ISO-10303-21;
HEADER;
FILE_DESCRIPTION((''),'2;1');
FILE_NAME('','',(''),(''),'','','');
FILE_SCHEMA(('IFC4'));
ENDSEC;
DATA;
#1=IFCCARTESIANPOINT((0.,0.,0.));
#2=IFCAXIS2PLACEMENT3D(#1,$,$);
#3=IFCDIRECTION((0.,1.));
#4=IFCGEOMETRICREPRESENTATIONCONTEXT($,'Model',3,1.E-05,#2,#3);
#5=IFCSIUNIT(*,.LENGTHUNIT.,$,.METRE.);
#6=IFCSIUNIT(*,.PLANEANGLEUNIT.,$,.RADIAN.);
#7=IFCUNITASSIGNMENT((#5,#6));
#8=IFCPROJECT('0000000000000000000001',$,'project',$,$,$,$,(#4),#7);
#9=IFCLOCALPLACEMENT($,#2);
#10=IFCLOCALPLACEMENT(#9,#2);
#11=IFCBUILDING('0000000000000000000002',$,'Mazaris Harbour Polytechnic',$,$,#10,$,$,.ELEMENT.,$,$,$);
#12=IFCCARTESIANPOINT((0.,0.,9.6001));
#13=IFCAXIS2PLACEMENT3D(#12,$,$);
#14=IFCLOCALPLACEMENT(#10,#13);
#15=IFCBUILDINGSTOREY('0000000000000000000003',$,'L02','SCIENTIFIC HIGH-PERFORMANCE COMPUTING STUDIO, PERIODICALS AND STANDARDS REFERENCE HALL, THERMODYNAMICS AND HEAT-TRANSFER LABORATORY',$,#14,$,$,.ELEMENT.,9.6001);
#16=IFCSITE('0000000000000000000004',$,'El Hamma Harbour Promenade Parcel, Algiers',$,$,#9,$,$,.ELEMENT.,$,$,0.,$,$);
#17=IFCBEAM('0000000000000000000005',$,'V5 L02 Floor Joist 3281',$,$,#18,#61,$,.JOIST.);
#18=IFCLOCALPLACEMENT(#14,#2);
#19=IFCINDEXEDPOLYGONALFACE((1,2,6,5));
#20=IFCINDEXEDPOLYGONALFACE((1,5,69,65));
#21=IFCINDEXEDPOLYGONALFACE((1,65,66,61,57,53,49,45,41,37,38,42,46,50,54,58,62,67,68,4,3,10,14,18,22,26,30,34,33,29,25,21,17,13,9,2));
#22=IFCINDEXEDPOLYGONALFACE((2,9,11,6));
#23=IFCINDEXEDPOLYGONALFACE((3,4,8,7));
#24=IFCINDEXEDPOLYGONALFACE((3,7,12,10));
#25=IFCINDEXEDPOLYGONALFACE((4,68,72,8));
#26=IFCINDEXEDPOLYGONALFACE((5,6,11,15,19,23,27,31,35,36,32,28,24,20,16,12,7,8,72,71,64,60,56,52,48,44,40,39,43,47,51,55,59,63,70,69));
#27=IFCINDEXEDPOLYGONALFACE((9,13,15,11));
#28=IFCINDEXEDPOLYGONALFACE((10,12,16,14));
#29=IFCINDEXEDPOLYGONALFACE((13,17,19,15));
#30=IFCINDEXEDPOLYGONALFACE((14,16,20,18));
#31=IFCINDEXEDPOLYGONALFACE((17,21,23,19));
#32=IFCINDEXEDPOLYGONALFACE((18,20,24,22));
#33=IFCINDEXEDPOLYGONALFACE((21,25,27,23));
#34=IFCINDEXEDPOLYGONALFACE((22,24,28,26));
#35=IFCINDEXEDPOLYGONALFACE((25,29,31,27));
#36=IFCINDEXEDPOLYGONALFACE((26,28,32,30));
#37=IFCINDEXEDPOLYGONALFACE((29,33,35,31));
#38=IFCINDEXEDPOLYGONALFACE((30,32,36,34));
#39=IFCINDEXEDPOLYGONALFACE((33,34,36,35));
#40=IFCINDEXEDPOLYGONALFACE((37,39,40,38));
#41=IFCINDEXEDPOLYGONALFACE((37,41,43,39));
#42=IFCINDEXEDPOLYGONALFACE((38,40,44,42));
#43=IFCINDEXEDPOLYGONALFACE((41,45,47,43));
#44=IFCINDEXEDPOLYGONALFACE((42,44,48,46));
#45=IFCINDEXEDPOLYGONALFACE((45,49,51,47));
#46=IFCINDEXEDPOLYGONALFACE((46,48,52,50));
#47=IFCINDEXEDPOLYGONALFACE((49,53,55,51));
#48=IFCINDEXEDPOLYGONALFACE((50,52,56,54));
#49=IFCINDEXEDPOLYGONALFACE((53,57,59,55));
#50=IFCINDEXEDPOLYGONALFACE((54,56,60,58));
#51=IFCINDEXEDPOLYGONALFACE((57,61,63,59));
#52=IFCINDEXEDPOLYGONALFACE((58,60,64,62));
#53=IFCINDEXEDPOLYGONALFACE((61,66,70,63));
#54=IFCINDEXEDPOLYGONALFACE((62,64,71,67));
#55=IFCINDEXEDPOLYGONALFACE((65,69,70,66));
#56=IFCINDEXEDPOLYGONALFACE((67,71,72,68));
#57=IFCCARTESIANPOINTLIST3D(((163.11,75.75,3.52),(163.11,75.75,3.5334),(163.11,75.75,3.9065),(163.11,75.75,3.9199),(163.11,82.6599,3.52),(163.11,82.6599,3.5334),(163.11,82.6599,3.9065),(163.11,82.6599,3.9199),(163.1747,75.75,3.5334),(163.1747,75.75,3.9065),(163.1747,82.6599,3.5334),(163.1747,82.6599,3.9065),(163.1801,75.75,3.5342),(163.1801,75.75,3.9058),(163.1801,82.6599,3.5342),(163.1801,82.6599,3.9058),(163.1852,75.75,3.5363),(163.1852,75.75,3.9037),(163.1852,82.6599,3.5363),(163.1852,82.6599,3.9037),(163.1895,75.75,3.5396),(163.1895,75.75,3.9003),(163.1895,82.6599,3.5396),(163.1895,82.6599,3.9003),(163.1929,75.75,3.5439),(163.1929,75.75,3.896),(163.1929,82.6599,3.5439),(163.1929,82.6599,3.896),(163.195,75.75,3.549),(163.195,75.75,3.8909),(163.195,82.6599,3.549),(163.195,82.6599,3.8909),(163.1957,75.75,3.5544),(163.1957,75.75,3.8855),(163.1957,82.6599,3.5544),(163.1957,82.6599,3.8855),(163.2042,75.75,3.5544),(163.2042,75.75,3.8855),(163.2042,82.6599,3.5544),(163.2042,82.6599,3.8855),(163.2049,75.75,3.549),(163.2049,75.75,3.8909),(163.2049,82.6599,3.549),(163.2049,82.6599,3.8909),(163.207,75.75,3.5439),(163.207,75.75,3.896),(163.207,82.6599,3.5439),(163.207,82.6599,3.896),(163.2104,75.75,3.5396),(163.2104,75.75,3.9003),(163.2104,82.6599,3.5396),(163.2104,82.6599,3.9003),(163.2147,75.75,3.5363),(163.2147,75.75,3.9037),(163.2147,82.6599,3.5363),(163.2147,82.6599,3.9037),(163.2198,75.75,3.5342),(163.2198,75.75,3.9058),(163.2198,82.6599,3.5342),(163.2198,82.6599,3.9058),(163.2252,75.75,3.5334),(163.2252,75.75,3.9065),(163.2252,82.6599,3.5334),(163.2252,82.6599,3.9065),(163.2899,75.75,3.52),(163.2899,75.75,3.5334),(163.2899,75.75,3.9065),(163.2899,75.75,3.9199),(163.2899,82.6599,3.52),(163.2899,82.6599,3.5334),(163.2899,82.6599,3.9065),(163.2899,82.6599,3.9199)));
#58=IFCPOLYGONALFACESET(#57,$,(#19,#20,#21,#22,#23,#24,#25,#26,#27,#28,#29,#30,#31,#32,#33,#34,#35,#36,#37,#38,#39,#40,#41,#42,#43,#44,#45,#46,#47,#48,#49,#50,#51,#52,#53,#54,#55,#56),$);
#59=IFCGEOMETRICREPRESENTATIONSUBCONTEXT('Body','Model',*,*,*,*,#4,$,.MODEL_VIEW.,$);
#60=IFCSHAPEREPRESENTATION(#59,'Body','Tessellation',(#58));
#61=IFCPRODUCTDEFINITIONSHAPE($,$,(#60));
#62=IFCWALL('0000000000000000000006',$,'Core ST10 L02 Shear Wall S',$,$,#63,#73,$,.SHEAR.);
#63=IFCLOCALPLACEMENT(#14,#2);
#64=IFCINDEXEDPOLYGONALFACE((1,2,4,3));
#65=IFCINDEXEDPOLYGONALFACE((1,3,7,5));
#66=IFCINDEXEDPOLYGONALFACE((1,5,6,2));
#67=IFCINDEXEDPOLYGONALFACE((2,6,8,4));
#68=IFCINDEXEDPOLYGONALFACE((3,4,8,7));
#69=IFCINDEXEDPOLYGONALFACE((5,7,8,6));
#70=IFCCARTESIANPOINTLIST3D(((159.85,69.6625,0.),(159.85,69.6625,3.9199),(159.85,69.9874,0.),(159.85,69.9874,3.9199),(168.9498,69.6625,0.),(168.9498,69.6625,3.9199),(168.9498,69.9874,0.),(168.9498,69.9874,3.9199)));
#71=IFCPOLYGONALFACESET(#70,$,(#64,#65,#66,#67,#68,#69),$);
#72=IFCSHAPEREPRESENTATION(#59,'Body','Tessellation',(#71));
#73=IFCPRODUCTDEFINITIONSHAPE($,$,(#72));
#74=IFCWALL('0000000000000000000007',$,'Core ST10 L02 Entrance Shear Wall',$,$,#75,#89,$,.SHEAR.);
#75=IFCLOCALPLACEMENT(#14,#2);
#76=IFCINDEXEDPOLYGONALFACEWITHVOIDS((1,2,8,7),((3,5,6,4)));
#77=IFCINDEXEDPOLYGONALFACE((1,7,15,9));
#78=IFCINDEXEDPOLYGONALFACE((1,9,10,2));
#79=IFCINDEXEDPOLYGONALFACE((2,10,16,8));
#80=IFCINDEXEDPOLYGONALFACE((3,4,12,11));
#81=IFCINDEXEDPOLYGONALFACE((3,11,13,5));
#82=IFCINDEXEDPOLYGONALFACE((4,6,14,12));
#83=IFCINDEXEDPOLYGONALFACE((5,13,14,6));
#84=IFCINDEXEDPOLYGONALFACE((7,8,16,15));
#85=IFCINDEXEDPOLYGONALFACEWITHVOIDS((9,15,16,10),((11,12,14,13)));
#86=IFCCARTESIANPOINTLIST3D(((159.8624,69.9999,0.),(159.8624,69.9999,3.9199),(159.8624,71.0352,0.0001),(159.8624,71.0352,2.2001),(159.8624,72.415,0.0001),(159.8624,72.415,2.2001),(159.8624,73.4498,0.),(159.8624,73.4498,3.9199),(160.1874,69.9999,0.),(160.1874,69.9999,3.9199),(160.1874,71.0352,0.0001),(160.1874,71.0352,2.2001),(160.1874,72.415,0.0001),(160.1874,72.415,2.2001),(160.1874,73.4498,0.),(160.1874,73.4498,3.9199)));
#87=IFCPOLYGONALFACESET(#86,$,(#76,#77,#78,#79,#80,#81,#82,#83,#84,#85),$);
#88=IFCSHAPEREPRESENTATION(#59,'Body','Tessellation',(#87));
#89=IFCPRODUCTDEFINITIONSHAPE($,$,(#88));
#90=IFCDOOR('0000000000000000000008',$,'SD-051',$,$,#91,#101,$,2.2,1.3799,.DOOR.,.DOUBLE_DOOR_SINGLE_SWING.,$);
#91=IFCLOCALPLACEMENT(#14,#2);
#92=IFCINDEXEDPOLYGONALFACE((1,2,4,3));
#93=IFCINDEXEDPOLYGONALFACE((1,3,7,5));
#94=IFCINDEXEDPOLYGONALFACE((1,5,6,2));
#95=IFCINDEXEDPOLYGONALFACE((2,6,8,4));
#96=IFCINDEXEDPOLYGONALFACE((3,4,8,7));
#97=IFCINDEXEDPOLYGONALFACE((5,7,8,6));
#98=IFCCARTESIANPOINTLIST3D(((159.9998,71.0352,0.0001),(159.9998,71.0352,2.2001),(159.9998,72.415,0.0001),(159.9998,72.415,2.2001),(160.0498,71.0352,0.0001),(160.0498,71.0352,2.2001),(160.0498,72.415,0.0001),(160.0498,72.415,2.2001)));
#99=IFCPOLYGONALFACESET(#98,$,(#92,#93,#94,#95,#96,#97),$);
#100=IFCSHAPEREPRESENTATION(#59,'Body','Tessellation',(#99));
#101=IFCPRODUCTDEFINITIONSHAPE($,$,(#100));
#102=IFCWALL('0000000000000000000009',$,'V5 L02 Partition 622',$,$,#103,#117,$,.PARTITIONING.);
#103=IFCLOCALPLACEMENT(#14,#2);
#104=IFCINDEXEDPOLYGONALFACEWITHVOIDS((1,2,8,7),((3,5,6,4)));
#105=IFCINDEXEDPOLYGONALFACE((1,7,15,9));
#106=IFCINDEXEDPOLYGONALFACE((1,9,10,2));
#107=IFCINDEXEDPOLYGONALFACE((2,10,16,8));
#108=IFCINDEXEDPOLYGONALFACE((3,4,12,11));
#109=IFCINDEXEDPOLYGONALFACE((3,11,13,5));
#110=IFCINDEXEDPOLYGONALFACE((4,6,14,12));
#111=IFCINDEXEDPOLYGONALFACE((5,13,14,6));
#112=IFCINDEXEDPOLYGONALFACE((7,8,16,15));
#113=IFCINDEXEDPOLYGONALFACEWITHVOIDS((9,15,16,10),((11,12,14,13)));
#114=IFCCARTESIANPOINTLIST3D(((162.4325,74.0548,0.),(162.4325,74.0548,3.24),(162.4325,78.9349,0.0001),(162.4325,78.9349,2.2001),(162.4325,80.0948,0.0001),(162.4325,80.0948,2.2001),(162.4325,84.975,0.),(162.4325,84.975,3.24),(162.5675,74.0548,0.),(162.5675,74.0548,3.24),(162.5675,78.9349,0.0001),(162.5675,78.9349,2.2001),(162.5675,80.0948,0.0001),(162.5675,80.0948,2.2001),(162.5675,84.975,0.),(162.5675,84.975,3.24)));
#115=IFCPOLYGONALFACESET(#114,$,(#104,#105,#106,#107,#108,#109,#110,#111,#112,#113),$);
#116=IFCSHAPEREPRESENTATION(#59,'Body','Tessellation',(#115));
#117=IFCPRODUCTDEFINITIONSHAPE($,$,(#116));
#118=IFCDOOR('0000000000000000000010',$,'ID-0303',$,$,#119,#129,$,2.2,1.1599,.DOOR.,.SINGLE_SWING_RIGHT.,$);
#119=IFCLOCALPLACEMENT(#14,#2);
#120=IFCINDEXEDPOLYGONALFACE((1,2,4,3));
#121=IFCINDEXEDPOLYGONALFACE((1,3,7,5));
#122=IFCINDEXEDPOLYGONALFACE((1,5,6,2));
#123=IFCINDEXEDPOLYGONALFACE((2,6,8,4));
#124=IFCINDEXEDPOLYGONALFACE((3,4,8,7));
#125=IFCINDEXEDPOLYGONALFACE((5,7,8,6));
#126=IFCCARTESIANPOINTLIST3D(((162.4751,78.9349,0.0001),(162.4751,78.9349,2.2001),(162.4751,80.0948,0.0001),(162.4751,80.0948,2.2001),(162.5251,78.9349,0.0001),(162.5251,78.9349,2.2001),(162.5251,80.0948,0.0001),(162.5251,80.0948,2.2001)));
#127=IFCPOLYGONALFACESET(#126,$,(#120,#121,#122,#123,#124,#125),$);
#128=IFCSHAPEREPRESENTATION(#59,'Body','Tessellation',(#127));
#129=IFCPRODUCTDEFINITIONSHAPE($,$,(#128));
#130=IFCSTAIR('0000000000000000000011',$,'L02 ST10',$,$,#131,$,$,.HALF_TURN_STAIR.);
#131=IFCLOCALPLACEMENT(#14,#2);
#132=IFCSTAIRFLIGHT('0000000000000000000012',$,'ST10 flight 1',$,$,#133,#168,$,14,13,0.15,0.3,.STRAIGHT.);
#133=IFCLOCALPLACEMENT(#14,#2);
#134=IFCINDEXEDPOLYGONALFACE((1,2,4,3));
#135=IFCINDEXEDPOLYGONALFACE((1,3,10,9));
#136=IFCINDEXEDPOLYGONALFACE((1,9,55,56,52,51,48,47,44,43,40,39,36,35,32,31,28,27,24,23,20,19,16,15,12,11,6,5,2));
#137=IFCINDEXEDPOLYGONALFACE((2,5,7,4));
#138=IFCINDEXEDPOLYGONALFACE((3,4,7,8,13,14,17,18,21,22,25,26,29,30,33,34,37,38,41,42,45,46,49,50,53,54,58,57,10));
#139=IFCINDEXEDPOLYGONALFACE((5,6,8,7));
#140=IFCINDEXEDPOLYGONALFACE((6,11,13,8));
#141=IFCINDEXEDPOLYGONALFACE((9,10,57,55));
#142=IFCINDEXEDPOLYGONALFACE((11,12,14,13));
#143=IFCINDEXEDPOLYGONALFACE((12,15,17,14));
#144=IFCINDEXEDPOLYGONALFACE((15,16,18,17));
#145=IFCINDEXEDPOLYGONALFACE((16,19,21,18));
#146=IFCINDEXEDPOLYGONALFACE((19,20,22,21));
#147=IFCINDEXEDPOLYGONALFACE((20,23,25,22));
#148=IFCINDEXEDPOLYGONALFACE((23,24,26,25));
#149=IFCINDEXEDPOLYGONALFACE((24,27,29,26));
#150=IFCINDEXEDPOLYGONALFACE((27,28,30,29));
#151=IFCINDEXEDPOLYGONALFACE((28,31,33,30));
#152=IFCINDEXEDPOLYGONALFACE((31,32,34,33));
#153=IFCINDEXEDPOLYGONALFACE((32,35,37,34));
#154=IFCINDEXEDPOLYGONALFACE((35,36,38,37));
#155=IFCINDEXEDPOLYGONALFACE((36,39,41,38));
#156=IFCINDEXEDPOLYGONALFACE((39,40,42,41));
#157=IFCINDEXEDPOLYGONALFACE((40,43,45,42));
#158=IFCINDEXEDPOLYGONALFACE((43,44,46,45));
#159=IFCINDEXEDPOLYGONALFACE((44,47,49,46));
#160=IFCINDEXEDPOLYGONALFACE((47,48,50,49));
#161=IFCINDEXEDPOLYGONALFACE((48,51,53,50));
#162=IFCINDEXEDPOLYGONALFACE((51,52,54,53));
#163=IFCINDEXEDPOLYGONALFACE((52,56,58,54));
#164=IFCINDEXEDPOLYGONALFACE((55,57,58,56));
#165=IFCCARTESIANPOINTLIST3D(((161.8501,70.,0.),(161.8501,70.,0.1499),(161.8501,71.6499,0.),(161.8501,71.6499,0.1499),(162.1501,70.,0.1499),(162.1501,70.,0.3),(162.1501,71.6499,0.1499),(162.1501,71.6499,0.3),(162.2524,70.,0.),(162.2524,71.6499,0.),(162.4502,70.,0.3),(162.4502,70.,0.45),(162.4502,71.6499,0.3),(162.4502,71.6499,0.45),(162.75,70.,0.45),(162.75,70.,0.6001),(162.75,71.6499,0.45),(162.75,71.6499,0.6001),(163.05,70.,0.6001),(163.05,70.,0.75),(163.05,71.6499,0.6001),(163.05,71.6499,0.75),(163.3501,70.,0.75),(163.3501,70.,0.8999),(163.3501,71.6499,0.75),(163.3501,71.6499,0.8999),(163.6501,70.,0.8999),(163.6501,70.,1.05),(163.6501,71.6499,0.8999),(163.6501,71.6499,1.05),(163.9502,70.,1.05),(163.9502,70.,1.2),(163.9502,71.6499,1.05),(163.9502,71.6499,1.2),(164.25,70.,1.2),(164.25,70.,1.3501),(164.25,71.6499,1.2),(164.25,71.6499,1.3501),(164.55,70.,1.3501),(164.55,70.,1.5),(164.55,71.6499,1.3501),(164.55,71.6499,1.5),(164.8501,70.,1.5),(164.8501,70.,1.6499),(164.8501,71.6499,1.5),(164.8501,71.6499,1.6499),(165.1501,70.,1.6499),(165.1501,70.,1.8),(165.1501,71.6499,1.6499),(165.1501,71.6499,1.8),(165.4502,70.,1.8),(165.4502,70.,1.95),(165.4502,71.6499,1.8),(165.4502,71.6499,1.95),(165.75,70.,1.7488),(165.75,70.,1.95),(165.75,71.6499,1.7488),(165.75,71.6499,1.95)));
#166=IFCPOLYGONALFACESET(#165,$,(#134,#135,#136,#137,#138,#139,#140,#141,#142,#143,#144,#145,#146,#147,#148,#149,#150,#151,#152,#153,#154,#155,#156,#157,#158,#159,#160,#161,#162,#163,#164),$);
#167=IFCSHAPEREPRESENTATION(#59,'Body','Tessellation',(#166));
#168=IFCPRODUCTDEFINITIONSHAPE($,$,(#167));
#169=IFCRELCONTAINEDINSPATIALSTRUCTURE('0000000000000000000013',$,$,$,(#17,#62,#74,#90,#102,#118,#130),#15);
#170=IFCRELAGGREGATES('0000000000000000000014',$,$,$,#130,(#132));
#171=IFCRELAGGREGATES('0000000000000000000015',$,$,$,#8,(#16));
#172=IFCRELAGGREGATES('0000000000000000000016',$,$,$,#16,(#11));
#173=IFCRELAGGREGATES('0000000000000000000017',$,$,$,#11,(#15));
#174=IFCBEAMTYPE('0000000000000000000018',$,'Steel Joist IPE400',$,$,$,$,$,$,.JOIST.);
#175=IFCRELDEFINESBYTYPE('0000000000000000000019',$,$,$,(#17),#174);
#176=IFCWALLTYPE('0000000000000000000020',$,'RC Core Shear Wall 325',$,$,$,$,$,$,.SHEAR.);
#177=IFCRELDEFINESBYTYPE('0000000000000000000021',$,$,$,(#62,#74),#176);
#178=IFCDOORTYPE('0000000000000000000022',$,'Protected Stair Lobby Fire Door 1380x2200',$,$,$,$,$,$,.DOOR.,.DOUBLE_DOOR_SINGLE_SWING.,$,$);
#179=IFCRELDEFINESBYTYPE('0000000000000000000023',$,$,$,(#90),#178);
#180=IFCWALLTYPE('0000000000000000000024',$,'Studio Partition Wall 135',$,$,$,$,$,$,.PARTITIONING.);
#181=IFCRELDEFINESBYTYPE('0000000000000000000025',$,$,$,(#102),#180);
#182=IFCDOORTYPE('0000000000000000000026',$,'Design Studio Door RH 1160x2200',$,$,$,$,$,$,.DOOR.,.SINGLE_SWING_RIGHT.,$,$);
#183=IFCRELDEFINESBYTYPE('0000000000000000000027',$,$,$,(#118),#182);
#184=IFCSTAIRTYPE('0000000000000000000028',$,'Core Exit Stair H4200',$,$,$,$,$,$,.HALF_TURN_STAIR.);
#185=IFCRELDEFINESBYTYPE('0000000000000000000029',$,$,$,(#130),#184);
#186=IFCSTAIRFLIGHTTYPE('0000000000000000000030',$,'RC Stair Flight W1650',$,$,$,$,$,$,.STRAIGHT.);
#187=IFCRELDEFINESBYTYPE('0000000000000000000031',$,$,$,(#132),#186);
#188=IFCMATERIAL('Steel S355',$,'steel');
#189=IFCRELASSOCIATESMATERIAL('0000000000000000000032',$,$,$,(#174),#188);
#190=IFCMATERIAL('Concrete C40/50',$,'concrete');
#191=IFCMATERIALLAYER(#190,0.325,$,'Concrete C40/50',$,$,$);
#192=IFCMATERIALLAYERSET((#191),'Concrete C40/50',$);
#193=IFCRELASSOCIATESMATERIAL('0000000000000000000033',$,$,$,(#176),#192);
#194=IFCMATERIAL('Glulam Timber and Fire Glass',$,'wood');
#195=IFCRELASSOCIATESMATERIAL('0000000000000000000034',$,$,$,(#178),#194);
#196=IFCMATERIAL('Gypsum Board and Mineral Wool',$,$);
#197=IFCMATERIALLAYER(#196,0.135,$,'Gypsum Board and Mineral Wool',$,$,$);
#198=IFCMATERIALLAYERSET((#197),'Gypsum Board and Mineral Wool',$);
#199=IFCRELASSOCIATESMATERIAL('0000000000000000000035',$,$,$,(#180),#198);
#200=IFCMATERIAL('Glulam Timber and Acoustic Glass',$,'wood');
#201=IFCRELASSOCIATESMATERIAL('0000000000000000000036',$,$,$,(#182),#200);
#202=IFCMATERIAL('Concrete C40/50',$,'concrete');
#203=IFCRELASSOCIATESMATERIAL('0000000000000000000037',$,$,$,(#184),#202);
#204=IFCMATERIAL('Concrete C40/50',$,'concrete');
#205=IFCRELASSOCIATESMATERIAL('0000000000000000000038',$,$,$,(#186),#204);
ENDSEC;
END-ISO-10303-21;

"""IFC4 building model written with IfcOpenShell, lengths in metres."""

from ifc_helpers import new_model, si_unit, direction, frame, frame_2d, origin, origin_2d, place, context, subcontext, project, spatial, polyline, rectangle, i_section, outline, extrude, material, layer, layer_set, material_profile, profile_set, type_object, element, fill, aggregate, save


model = new_model("IFC4")

# Units and contexts
model_context = context("Model", 3, precision=1e-05, world=origin(), true_north=direction((0.0, 1.0)))
body_context = subcontext(model_context, "Body", "Model", "MODEL_VIEW")
ifc_project = project(units=[si_unit("LENGTHUNIT", "METRE"), si_unit("PLANEANGLEUNIT", "RADIAN")], contexts=[model_context])

# Site, building, storey
site_placement = place(None, origin())
site = spatial("IfcSite", under=ifc_project, at=site_placement, Name="El Hamma Harbour Promenade Parcel, Algiers", CompositionType="ELEMENT", RefElevation=0.0)
building_placement = place(site_placement, origin())
building = spatial("IfcBuilding", under=site, at=building_placement, Name="Mazaris Harbour Polytechnic", CompositionType="ELEMENT")
storey_placement = place(building_placement, frame((0.0, 0.0, 9.6001)))
storey = spatial("IfcBuildingStorey", under=building, at=storey_placement, Name="L02", Description="SCIENTIFIC HIGH-PERFORMANCE COMPUTING STUDIO, PERIODICALS AND STANDARDS REFERENCE HALL, THERMODYNAMICS AND HEAT-TRANSFER LABORATORY", CompositionType="ELEMENT", Elevation=9.6001)

# Beam
ifc_material_1 = material(Name="Steel S355", Category="steel")
ifc_material_profile_1 = material_profile(ifc_material_1, i_section(OverallWidth=0.1799, OverallDepth=0.3999, WebThickness=0.0085, FlangeThickness=0.0134, FilletRadius=0.021, at=origin_2d()), Name="IPE 400")
ifc_profile_set_1 = profile_set([ifc_material_profile_1], Name="Steel S355")
beam_type_1 = type_object("IfcBeamType", Name="Steel Joist IPE400", PredefinedType="JOIST", material=ifc_profile_set_1)
beam_1_placement = place(storey_placement, frame((163.2, 75.75, 3.72), z_axis=(0.0, 1.0, 0.0), x_axis=(-1.0, 0.0, 0.0)))
element("IfcBeam", 1, at=beam_1_placement, inside=storey, type_object=beam_type_1, Name="V5 L02 Floor Joist 3281", PredefinedType="JOIST", context=body_context, shape_type="SweptSolid", body=[
    extrude(i_section(OverallWidth=0.1799, OverallDepth=0.3999, WebThickness=0.0085, FlangeThickness=0.0134, FilletRadius=0.021, at=origin_2d()), origin(), (0.0, 0.0, 1.0), 6.9099),
])

# Wall
ifc_material_2 = material(Name="Concrete C40/50", Category="concrete")
ifc_layer_1 = layer(ifc_material_2, 0.325, Name="Concrete C40/50")
ifc_layer_set_1 = layer_set([ifc_layer_1], Name="Concrete C40/50")
wall_type_1 = type_object("IfcWallType", Name="RC Core Shear Wall 325", PredefinedType="SHEAR", material=ifc_layer_set_1)
wall_1_placement = place(storey_placement, frame((159.8501, 69.825, 0.0), z_axis=(0.0, 0.0, 1.0), x_axis=(1.0, 0.0, 0.0)))
element("IfcWall", 2, at=wall_1_placement, inside=storey, type_object=wall_type_1, Name="Core ST10 L02 Shear Wall S", PredefinedType="SHEAR", context=body_context, shape_type="SweptSolid", body=[
    extrude(rectangle(XDim=9.0999, YDim=0.325, at=frame_2d((4.5498, 0.0))), origin(), (0.0, 0.0, 1.0), 3.9199),
])

# Walls, openings, doors
wall_2_placement = place(storey_placement, frame((160.0249, 73.45, 0.0), z_axis=(0.0, 0.0, 1.0), x_axis=(0.0, -1.0, 0.0)))
wall_2 = element("IfcWall", 3, at=wall_2_placement, inside=storey, type_object=wall_type_1, Name="Core ST10 L02 Entrance Shear Wall", PredefinedType="SHEAR", context=body_context, shape_type="SweptSolid", body=[
    extrude(rectangle(XDim=3.45, YDim=0.325, at=frame_2d((1.7251, 0.0))), origin(), (0.0, 0.0, 1.0), 3.9199),
])
opening_1_placement = place(wall_2_placement, frame((1.0349, 0.0, 0.0)))
opening_1 = element("IfcOpeningElement", 4, at=opening_1_placement, cuts=wall_2, PredefinedType="OPENING", context=body_context, shape_type="SweptSolid", body=[
    extrude(rectangle(XDim=1.3799, YDim=2.2, at=frame_2d((0.6899, 1.1001))), frame((0.0, 0.1724, 0.0), z_axis=(0.0, -1.0, 0.0), x_axis=(1.0, 0.0, 0.0)), (0.0, 0.0, 1.0), 0.345),
])
ifc_material_3 = material(Name="Glulam Timber and Fire Glass", Category="wood")
door_type_1 = type_object("IfcDoorType", Name="Protected Stair Lobby Fire Door 1380x2200", OperationType="DOUBLE_DOOR_SINGLE_SWING", PredefinedType="DOOR", material=ifc_material_3)
door_1_placement = place(opening_1_placement, origin())
door_1 = element("IfcDoor", 5, at=door_1_placement, inside=storey, type_object=door_type_1, Name="SD-051", OperationType="DOUBLE_DOOR_SINGLE_SWING", OverallHeight=2.2, OverallWidth=1.3799, PredefinedType="DOOR", context=body_context, shape_type="SweptSolid", body=[
    extrude(rectangle(XDim=1.3799, YDim=2.2, at=frame_2d((0.6899, 1.1001))), frame((0.0, 0.0249, 0.0), z_axis=(0.0, -1.0, 0.0), x_axis=(1.0, 0.0, 0.0)), (0.0, 0.0, 1.0), 0.05),
])
fill(opening_1, door_1)
ifc_material_4 = material(Name="Gypsum Board and Mineral Wool")
ifc_layer_2 = layer(ifc_material_4, 0.135, Name="Gypsum Board and Mineral Wool")
ifc_layer_set_2 = layer_set([ifc_layer_2], Name="Gypsum Board and Mineral Wool")
wall_type_2 = type_object("IfcWallType", Name="Studio Partition Wall 135", PredefinedType="PARTITIONING", material=ifc_layer_set_2)
wall_3_placement = place(storey_placement, frame((162.5, 74.0549, 0.0), z_axis=(0.0, 0.0, 1.0), x_axis=(0.0, 1.0, 0.0)))
wall_3 = element("IfcWall", 6, at=wall_3_placement, inside=storey, type_object=wall_type_2, Name="V5 L02 Partition 622", PredefinedType="PARTITIONING", context=body_context, shape_type="SweptSolid", body=[
    extrude(rectangle(XDim=10.9202, YDim=0.135, at=frame_2d((5.46, 0.0))), origin(), (0.0, 0.0, 1.0), 3.24),
])
opening_2_placement = place(wall_3_placement, frame((4.8799, 0.0, 0.0)))
opening_2 = element("IfcOpeningElement", 7, at=opening_2_placement, cuts=wall_3, PredefinedType="OPENING", context=body_context, shape_type="SweptSolid", body=[
    extrude(rectangle(XDim=1.1599, YDim=2.2, at=frame_2d((0.5801, 1.1001))), frame((0.0, 0.0774, 0.0), z_axis=(0.0, -1.0, 0.0), x_axis=(1.0, 0.0, 0.0)), (0.0, 0.0, 1.0), 0.155),
])
ifc_material_5 = material(Name="Glulam Timber and Acoustic Glass", Category="wood")
door_type_2 = type_object("IfcDoorType", Name="Design Studio Door RH 1160x2200", OperationType="SINGLE_SWING_RIGHT", PredefinedType="DOOR", material=ifc_material_5)
door_2_placement = place(opening_2_placement, origin())
door_2 = element("IfcDoor", 8, at=door_2_placement, inside=storey, type_object=door_type_2, Name="ID-0303", OperationType="SINGLE_SWING_RIGHT", OverallHeight=2.2, OverallWidth=1.1599, PredefinedType="DOOR", context=body_context, shape_type="SweptSolid", body=[
    extrude(rectangle(XDim=1.1599, YDim=2.2, at=frame_2d((0.5801, 1.1001))), frame((0.0, 0.0249, 0.0), z_axis=(0.0, -1.0, 0.0), x_axis=(1.0, 0.0, 0.0)), (0.0, 0.0, 1.0), 0.05),
])
fill(opening_2, door_2)

# Stair, stair flight
ifc_material_6 = material(Name="Concrete C40/50", Category="concrete")
stair_type = type_object("IfcStairType", Name="Core Exit Stair H4200", PredefinedType="HALF_TURN_STAIR", material=ifc_material_6)
stair_placement = place(storey_placement, origin())
stair = element("IfcStair", 9, at=stair_placement, inside=storey, type_object=stair_type, Name="L02 ST10", PredefinedType="HALF_TURN_STAIR")
ifc_material_7 = material(Name="Concrete C40/50", Category="concrete")
stair_flight_type = type_object("IfcStairFlightType", Name="RC Stair Flight W1650", PredefinedType="STRAIGHT", material=ifc_material_7)
stair_flight_1_placement = place(storey_placement, frame((161.8501, 70.825, 0.0), z_axis=(0.0, 0.0, 1.0), x_axis=(1.0, 0.0, 0.0)))
stair_flight_1 = element("IfcStairFlight", 10, at=stair_flight_1_placement, type_object=stair_flight_type, Name="ST10 flight 1", NumberOfRisers=14, NumberOfTreads=13, PredefinedType="STRAIGHT", RiserHeight=0.15, TreadLength=0.3, context=body_context, shape_type="SweptSolid", body=[
    extrude(outline(polyline([(0.0, 0.0), (0.0, 0.1499), (0.3, 0.1499), (0.3, 0.3), (0.6001, 0.3), (0.6001, 0.45), (0.8999, 0.45), (0.8999, 0.6001), (1.2, 0.6001), (1.2, 0.75), (1.5, 0.75), (1.5, 0.8999), (1.8, 0.8999), (1.8, 1.05), (2.1001, 1.05), (2.1001, 1.2), (2.3999, 1.2), (2.3999, 1.3501), (2.7, 1.3501), (2.7, 1.5), (3.0, 1.5), (3.0, 1.6499), (3.3, 1.6499), (3.3, 1.8), (3.6001, 1.8), (3.6001, 1.95), (3.8999, 1.95), (3.8999, 2.1001), (3.8999, 1.7488), (0.4023, 0.0), (0.0, 0.0)])), frame((0.0, 0.825, 0.0), z_axis=(0.0, -1.0, 0.0), x_axis=(1.0, 0.0, 0.0)), (0.0, 0.0, 1.0), 1.6499),
])
aggregate(stair, [stair_flight_1])

save(model, "model.ifc")
